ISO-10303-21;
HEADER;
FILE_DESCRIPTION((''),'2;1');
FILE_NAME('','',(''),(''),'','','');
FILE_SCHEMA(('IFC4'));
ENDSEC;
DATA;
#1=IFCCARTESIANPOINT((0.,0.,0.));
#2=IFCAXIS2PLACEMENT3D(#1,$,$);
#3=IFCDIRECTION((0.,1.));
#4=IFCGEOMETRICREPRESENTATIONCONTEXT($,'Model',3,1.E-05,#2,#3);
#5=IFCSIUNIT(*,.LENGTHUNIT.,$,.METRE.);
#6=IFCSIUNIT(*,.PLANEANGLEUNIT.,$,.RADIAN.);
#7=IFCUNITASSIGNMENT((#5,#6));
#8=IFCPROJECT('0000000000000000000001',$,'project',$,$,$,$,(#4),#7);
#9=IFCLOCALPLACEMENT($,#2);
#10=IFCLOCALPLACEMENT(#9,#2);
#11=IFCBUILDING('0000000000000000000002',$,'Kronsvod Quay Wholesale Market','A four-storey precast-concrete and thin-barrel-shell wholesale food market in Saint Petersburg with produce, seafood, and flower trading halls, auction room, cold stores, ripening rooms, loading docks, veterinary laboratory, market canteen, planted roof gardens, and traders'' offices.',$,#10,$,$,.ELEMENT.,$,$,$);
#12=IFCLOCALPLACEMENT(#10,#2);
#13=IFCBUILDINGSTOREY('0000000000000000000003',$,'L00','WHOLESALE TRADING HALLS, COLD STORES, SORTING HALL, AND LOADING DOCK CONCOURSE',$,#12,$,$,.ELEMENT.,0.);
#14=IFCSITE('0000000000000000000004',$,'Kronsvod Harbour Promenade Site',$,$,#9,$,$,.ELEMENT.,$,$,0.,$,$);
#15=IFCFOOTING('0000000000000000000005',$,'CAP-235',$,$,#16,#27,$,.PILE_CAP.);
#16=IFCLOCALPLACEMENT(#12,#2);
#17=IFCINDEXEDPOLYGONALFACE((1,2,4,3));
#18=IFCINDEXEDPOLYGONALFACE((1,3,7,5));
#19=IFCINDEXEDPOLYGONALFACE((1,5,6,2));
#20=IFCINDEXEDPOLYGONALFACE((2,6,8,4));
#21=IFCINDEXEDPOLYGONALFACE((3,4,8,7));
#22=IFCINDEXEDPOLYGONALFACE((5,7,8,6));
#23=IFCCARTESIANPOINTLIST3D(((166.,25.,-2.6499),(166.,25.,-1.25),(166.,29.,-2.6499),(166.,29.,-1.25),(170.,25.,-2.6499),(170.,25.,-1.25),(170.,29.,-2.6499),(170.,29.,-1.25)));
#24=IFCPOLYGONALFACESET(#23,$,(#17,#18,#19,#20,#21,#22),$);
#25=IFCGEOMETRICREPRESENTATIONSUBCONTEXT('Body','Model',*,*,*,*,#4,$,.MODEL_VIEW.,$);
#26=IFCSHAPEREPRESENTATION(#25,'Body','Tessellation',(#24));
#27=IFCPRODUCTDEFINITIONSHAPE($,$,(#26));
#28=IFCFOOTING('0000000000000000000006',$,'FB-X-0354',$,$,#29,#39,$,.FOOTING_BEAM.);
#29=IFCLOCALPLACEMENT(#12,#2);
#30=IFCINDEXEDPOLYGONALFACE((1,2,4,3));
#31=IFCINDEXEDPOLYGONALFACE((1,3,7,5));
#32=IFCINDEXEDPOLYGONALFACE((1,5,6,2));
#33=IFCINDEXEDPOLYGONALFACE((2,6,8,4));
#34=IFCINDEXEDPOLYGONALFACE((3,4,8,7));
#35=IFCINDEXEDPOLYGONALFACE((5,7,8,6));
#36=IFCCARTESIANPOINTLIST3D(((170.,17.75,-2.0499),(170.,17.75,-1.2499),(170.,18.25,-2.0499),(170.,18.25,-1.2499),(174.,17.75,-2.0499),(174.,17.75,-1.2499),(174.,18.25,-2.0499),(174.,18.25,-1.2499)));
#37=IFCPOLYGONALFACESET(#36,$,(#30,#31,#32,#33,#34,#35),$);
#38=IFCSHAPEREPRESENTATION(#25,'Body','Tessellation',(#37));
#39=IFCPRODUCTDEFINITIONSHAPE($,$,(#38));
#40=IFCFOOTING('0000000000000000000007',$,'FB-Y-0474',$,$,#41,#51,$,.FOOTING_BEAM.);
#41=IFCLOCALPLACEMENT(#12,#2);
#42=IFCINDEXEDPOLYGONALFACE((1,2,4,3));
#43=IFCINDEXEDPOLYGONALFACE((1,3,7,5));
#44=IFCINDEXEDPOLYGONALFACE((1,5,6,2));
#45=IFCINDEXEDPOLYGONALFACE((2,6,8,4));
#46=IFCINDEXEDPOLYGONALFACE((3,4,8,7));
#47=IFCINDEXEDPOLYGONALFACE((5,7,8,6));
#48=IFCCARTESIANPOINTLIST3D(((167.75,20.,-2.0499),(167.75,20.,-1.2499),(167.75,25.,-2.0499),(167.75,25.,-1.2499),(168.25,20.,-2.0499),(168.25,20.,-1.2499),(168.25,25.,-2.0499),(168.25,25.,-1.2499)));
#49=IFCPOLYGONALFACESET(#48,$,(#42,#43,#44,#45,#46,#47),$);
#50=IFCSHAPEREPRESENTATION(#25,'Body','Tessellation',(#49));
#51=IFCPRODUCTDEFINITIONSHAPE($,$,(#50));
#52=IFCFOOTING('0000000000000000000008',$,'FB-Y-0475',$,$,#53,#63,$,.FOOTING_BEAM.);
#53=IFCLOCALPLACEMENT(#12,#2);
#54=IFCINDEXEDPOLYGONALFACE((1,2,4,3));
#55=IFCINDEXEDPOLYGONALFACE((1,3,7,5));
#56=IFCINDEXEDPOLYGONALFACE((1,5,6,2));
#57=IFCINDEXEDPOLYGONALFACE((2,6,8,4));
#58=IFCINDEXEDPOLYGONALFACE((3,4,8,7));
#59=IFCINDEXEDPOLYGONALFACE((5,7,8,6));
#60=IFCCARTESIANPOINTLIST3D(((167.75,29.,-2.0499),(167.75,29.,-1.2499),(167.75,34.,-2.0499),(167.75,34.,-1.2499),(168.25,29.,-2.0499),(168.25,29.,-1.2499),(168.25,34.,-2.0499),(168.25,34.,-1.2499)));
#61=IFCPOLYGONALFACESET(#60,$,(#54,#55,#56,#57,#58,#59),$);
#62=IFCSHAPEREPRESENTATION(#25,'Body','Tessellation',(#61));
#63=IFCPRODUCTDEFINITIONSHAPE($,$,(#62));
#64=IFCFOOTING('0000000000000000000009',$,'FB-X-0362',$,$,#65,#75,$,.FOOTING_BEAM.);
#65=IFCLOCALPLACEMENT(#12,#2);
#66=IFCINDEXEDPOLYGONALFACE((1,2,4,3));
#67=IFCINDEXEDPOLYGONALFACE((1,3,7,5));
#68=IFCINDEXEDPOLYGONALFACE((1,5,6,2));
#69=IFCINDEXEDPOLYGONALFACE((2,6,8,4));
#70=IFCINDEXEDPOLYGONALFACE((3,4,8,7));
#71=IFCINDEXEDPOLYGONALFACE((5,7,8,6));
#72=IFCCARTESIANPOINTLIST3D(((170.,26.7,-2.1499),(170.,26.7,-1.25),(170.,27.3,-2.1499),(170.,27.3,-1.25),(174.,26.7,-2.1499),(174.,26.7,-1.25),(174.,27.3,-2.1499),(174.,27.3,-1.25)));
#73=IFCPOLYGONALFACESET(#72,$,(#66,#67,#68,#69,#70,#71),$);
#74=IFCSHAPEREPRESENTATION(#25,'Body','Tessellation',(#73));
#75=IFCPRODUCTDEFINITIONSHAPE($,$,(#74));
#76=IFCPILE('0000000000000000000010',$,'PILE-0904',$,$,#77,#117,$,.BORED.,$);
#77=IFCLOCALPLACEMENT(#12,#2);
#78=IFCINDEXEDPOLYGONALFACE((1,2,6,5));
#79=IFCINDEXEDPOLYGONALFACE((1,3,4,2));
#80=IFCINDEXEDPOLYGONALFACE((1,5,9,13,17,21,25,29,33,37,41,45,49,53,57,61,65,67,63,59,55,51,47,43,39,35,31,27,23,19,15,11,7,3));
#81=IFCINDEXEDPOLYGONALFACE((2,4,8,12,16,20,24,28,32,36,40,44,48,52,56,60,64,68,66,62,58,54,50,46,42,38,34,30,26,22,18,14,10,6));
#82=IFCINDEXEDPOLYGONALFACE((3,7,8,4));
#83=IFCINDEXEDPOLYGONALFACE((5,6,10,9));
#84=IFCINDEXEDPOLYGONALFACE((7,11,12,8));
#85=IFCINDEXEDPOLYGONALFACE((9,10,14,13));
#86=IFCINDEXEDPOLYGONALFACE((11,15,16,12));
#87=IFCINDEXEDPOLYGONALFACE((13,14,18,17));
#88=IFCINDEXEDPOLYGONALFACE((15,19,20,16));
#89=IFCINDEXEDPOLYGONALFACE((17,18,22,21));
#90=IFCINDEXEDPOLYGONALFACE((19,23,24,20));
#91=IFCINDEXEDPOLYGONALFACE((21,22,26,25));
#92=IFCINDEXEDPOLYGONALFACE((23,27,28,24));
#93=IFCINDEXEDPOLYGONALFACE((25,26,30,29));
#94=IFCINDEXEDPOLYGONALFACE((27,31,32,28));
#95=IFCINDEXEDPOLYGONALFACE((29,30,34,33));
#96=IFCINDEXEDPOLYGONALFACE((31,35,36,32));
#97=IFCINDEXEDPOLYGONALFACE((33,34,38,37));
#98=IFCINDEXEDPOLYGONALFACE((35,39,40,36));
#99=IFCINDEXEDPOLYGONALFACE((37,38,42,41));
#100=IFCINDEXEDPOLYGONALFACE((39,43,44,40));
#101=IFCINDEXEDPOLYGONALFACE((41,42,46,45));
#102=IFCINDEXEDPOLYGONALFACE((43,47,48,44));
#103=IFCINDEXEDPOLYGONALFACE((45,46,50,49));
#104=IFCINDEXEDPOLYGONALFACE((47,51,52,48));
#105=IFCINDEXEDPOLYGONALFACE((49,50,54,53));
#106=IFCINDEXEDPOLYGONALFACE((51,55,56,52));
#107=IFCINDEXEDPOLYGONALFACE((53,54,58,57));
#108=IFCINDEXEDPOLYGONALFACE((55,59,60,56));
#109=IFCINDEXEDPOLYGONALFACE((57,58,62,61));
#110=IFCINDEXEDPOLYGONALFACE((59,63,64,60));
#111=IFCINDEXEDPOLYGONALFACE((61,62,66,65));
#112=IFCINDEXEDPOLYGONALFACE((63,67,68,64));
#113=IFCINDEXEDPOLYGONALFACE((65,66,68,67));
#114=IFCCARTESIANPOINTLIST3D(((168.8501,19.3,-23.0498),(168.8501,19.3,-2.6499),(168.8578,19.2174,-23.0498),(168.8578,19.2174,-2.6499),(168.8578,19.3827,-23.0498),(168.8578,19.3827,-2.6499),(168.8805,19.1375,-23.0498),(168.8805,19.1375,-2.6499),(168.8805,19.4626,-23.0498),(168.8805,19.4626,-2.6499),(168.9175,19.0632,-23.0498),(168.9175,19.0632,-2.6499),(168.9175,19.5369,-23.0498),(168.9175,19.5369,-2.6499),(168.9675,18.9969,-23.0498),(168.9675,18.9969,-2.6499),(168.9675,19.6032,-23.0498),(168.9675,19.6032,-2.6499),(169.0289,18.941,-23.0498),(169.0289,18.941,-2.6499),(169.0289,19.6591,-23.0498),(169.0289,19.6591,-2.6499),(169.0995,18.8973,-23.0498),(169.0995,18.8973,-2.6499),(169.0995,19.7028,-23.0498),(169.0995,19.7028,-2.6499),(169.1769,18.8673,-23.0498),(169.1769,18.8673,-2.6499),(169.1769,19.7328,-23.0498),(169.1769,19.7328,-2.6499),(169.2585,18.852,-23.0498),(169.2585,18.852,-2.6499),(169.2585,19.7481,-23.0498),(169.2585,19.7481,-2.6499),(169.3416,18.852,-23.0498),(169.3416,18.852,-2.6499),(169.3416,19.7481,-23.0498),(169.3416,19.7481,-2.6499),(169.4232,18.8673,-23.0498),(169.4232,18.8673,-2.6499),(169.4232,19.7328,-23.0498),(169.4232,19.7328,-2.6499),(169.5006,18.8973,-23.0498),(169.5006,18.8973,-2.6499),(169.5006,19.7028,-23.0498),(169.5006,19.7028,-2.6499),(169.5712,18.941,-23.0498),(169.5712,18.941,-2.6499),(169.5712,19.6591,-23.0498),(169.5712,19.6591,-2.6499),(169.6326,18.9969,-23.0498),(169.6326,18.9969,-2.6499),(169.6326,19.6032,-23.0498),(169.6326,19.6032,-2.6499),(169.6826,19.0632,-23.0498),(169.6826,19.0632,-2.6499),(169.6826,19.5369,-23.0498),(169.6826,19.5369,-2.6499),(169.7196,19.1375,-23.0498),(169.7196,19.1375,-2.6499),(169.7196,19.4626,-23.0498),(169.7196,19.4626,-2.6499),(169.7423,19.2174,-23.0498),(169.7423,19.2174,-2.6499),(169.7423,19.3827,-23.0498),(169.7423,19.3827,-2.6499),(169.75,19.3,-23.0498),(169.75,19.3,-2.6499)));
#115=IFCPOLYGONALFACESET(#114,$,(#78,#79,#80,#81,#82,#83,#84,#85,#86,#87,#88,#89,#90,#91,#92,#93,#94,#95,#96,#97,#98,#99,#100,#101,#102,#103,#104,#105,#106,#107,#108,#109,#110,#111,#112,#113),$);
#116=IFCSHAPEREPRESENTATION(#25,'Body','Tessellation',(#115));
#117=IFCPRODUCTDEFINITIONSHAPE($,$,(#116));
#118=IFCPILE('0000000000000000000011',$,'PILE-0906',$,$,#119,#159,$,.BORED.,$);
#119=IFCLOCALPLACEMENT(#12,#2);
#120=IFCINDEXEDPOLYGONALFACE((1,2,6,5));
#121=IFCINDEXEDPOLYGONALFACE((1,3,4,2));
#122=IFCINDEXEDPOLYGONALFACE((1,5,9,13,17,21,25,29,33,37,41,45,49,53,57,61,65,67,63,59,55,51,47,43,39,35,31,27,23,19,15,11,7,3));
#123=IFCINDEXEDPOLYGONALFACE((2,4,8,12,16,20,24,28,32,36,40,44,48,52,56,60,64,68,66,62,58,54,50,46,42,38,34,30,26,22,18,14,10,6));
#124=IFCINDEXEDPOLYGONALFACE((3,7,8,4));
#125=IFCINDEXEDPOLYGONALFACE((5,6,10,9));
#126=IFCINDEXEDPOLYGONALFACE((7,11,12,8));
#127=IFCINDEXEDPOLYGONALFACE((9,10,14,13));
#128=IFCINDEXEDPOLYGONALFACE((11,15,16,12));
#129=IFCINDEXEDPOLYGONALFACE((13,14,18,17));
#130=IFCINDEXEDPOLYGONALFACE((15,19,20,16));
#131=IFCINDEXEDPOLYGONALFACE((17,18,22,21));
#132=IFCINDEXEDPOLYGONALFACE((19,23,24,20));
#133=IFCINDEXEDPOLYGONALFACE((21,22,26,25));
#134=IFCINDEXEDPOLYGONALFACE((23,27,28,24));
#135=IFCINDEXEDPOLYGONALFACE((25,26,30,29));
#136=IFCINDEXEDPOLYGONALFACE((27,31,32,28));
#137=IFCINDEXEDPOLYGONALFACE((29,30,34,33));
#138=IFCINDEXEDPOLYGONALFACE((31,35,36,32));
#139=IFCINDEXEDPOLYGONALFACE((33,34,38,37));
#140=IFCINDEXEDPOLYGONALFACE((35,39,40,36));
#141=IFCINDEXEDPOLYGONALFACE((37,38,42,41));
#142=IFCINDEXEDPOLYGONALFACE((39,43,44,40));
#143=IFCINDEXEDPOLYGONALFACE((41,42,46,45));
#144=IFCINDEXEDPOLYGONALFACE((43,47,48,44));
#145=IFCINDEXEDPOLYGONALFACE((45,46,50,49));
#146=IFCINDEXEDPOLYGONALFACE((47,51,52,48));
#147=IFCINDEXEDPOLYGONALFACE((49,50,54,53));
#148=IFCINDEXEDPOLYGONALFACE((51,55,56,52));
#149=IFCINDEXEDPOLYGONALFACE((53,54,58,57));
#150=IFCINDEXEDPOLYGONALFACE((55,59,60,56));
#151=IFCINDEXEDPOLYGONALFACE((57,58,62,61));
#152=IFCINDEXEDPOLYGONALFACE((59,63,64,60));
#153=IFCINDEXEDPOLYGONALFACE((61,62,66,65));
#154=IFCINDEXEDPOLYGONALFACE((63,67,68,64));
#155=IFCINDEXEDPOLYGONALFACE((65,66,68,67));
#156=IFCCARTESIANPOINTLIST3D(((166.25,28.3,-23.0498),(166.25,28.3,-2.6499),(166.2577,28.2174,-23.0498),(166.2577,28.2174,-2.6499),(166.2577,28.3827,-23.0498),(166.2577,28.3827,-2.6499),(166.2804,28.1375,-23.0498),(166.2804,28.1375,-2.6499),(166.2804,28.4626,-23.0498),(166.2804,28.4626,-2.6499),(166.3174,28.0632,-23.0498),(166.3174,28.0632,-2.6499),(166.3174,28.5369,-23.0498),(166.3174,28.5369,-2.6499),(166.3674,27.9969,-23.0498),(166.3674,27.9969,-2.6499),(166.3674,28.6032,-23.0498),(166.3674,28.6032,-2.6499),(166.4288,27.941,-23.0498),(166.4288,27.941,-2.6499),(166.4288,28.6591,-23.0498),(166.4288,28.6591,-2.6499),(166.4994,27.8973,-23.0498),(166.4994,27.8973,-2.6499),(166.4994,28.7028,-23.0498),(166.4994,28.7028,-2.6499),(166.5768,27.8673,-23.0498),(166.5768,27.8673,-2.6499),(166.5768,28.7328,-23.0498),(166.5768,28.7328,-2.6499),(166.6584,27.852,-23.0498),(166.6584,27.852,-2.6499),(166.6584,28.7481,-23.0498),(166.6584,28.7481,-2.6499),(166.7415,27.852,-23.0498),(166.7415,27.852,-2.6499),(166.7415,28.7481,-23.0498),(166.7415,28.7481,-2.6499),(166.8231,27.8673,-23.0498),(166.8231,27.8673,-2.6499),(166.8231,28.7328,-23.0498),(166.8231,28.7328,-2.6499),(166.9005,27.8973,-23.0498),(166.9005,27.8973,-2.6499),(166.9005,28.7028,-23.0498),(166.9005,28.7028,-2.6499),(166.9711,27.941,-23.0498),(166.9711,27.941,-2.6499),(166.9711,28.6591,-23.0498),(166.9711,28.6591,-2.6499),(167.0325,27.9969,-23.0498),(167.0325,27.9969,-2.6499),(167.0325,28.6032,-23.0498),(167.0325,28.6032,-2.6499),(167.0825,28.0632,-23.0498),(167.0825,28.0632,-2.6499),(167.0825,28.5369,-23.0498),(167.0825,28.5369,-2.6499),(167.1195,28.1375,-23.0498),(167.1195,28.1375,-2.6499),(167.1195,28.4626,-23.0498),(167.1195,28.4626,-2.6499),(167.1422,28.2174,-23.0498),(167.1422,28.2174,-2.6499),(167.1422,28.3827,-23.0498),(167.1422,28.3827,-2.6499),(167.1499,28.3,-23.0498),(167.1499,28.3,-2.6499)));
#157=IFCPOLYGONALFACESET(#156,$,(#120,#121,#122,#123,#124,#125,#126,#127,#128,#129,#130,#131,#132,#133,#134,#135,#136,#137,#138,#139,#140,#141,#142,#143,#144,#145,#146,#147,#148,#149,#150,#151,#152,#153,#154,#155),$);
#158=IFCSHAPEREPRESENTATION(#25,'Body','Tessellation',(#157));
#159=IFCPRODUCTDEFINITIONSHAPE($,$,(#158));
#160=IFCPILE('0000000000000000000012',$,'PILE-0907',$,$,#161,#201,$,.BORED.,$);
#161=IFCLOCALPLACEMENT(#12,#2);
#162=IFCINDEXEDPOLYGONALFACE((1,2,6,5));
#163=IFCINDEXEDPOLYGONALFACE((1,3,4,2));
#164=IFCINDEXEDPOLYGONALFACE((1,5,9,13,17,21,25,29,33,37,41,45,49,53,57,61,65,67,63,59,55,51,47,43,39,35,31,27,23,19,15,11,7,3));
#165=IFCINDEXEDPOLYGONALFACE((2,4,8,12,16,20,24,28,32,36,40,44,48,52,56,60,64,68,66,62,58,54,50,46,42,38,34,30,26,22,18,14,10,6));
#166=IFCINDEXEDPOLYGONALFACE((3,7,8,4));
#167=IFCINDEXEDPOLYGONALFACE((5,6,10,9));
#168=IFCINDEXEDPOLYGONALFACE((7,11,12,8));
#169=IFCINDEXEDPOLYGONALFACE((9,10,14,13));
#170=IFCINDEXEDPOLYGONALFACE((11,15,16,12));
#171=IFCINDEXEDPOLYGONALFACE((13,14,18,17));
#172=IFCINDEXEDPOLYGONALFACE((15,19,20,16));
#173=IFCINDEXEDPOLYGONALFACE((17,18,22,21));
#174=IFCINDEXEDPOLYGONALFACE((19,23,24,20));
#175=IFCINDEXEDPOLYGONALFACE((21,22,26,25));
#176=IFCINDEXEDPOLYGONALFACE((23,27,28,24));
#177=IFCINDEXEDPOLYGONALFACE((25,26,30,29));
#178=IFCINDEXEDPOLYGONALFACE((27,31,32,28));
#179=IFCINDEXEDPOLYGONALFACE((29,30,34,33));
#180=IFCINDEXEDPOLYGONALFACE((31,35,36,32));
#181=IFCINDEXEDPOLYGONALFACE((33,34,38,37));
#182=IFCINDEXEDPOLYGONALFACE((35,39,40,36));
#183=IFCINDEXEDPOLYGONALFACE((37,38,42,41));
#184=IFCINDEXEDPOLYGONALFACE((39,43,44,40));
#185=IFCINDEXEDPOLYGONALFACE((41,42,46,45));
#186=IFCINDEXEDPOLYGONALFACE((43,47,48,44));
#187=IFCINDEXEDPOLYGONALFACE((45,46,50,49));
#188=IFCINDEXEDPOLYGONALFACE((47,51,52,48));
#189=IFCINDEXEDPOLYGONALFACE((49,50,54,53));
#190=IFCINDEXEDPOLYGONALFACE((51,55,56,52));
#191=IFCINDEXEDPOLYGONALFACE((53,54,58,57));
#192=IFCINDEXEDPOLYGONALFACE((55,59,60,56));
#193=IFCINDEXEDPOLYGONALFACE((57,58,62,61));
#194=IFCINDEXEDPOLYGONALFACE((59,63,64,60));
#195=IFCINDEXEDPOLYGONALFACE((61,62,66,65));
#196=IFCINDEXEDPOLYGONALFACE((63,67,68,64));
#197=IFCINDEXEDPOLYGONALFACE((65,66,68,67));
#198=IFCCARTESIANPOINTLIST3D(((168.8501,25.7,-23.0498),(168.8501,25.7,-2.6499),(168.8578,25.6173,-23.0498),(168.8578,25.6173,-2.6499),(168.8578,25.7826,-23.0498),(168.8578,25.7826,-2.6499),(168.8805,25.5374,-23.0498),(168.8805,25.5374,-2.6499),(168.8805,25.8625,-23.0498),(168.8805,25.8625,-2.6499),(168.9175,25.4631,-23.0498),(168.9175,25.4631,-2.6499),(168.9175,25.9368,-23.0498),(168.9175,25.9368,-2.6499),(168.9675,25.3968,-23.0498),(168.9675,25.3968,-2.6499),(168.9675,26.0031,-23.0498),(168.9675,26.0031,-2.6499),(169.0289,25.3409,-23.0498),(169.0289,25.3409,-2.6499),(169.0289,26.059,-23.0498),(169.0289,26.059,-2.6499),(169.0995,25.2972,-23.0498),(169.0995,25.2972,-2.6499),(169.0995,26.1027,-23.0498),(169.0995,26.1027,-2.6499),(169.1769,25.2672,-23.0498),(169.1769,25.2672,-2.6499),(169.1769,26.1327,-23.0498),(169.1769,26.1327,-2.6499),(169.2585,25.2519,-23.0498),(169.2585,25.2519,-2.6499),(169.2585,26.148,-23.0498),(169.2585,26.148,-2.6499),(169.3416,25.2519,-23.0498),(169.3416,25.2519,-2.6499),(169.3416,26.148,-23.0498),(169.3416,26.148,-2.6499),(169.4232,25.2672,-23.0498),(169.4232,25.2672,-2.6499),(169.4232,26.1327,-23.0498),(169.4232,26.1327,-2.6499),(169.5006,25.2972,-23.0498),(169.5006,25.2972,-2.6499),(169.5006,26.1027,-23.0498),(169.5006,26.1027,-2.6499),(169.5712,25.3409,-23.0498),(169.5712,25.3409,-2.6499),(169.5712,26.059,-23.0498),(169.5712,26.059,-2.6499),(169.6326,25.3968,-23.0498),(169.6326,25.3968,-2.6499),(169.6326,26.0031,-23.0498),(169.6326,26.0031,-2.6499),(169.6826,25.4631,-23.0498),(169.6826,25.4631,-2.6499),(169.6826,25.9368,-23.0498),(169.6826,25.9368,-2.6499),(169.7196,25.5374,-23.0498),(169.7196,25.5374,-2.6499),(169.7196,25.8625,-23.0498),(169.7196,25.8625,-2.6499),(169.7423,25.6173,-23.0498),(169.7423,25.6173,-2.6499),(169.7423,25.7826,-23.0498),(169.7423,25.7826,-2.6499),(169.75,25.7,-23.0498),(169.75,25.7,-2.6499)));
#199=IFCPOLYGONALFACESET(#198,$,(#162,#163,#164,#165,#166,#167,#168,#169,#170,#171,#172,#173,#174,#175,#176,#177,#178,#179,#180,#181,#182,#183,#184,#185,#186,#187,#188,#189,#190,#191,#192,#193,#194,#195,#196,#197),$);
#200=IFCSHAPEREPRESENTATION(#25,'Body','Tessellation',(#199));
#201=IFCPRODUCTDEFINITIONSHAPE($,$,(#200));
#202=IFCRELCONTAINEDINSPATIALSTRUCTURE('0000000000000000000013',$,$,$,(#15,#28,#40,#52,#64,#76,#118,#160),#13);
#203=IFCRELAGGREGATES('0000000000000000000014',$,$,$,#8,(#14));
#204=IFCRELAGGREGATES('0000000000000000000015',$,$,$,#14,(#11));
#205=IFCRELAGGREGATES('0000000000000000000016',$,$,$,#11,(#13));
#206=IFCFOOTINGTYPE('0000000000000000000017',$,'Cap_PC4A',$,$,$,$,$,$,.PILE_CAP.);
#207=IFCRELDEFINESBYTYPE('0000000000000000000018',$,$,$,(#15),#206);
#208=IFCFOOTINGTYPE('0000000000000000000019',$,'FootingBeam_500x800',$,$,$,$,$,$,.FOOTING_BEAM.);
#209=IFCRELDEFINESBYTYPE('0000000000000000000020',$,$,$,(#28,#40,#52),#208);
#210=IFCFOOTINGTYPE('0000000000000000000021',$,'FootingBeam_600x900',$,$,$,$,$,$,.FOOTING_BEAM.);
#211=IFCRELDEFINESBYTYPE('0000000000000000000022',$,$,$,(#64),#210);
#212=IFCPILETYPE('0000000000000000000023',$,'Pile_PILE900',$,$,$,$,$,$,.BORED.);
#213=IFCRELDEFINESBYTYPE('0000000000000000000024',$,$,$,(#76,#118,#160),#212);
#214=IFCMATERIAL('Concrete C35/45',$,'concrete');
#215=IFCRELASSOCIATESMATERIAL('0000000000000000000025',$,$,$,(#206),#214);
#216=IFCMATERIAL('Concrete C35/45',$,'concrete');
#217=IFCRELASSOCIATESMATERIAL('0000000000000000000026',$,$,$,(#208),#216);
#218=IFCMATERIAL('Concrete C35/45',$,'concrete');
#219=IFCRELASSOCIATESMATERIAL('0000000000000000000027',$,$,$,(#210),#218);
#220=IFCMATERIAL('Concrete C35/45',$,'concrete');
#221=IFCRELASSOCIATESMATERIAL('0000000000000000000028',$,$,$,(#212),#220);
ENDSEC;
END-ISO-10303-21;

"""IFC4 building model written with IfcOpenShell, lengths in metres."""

from ifc_helpers import new_model, si_unit, direction, frame, origin, origin_2d, place, context, subcontext, project, spatial, rectangle, circle, extrude, material, material_profile, profile_set, type_object, element, save


model = new_model("IFC4")

# Units and contexts
model_context = context("Model", 3, precision=1e-05, world=origin(), true_north=direction((0.0, 1.0)))
body_context = subcontext(model_context, "Body", "Model", "MODEL_VIEW")
ifc_project = project(units=[si_unit("LENGTHUNIT", "METRE"), si_unit("PLANEANGLEUNIT", "RADIAN")], contexts=[model_context])

# Site, building, storey
site_placement = place(None, origin())
site = spatial("IfcSite", under=ifc_project, at=site_placement, Name="Kronsvod Harbour Promenade Site", CompositionType="ELEMENT", RefElevation=0.0)
building_placement = place(site_placement, origin())
building = spatial("IfcBuilding", under=site, at=building_placement, Name="Kronsvod Quay Wholesale Market", Description="A four-storey precast-concrete and thin-barrel-shell wholesale food market in Saint Petersburg with produce, seafood, and flower trading halls, auction room, cold stores, ripening rooms, loading docks, veterinary laboratory, market canteen, planted roof gardens, and traders' offices.", CompositionType="ELEMENT")
storey_placement = place(building_placement, origin())
storey = spatial("IfcBuildingStorey", under=building, at=storey_placement, Name="L00", Description="WHOLESALE TRADING HALLS, COLD STORES, SORTING HALL, AND LOADING DOCK CONCOURSE", CompositionType="ELEMENT", Elevation=0.0)

# Footings
ifc_material_1 = material(Name="Concrete C35/45", Category="concrete")
footing_type_1 = type_object("IfcFootingType", Name="Cap_PC4A", PredefinedType="PILE_CAP", material=ifc_material_1)
footing_1_placement = place(storey_placement, frame((168.0, 27.0, -2.6499), z_axis=(0.0, 0.0, 1.0), x_axis=(1.0, 0.0, 0.0)))
element("IfcFooting", 1, at=footing_1_placement, inside=storey, type_object=footing_type_1, Name="CAP-235", PredefinedType="PILE_CAP", context=body_context, shape_type="SweptSolid", body=[
    extrude(rectangle(XDim=4.0, YDim=4.0, at=origin_2d()), origin(), (0.0, 0.0, 1.0), 1.3999),
])
ifc_material_2 = material(Name="Concrete C35/45", Category="concrete")
ifc_material_profile_1 = material_profile(ifc_material_2, rectangle(XDim=0.5, YDim=0.8, at=origin_2d()), Name="FB-01")
ifc_profile_set_1 = profile_set([ifc_material_profile_1], Name="Concrete C35/45")
footing_type_2 = type_object("IfcFootingType", Name="FootingBeam_500x800", PredefinedType="FOOTING_BEAM", material=ifc_profile_set_1)
footing_2_placement = place(storey_placement, frame((170.0, 18.0, -1.6499), z_axis=(1.0, 0.0, 0.0), x_axis=(0.0, 1.0, 0.0)))
element("IfcFooting", 2, at=footing_2_placement, inside=storey, type_object=footing_type_2, Name="FB-X-0354", PredefinedType="FOOTING_BEAM", context=body_context, shape_type="SweptSolid", body=[
    extrude(rectangle(XDim=0.5, YDim=0.8, at=origin_2d()), origin(), (0.0, 0.0, 1.0), 4.0),
])
for number, where, z_axis, x_axis, name in (
    (3, (168.0, 20.0, -1.6499), (0.0, 1.0, 0.0), (-1.0, 0.0, 0.0), "FB-Y-0474"),
    (4, (168.0, 29.0, -1.6499), (0.0, 1.0, 0.0), (-1.0, 0.0, 0.0), "FB-Y-0475"),
):
    element("IfcFooting", number, at=place(storey_placement, frame(where, z_axis=z_axis, x_axis=x_axis)), inside=storey, type_object=footing_type_2, Name=name, PredefinedType="FOOTING_BEAM", context=body_context, shape_type="SweptSolid", body=[
        extrude(rectangle(XDim=0.5, YDim=0.8, at=origin_2d()), origin(), (0.0, 0.0, 1.0), 5.0),
    ])
ifc_material_3 = material(Name="Concrete C35/45", Category="concrete")
ifc_material_profile_2 = material_profile(ifc_material_3, rectangle(XDim=0.6001, YDim=0.8999, at=origin_2d()), Name="FB-02")
ifc_profile_set_2 = profile_set([ifc_material_profile_2], Name="Concrete C35/45")
footing_type_3 = type_object("IfcFootingType", Name="FootingBeam_600x900", PredefinedType="FOOTING_BEAM", material=ifc_profile_set_2)
footing_3_placement = place(storey_placement, frame((170.0, 27.0, -1.7), z_axis=(1.0, 0.0, 0.0), x_axis=(0.0, 1.0, 0.0)))
element("IfcFooting", 5, at=footing_3_placement, inside=storey, type_object=footing_type_3, Name="FB-X-0362", PredefinedType="FOOTING_BEAM", context=body_context, shape_type="SweptSolid", body=[
    extrude(rectangle(XDim=0.6001, YDim=0.8999, at=origin_2d()), origin(), (0.0, 0.0, 1.0), 4.0),
])

# Piles
ifc_material_4 = material(Name="Concrete C35/45", Category="concrete")
ifc_material_profile_3 = material_profile(ifc_material_4, circle(Radius=0.45, at=origin_2d()), Name="PILE900")
ifc_profile_set_3 = profile_set([ifc_material_profile_3], Name="Concrete C35/45")
pile_type = type_object("IfcPileType", Name="Pile_PILE900", PredefinedType="BORED", material=ifc_profile_set_3)
for number, where, z_axis, x_axis, name in (
    (6, (169.3, 19.3, -2.6499), (0.0, 0.0, -1.0), (1.0, 0.0, 0.0), "PILE-0904"),
    (7, (166.7, 28.3, -2.6499), (0.0, 0.0, -1.0), (1.0, 0.0, 0.0), "PILE-0906"),
    (8, (169.3, 25.7, -2.6499), (0.0, 0.0, -1.0), (1.0, 0.0, 0.0), "PILE-0907"),
):
    element("IfcPile", number, at=place(storey_placement, frame(where, z_axis=z_axis, x_axis=x_axis)), inside=storey, type_object=pile_type, Name=name, PredefinedType="BORED", context=body_context, shape_type="SweptSolid", body=[
        extrude(circle(Radius=0.45, at=origin_2d()), origin(), (0.0, 0.0, 1.0), 20.3999),
    ])

save(model, "model.ifc")
